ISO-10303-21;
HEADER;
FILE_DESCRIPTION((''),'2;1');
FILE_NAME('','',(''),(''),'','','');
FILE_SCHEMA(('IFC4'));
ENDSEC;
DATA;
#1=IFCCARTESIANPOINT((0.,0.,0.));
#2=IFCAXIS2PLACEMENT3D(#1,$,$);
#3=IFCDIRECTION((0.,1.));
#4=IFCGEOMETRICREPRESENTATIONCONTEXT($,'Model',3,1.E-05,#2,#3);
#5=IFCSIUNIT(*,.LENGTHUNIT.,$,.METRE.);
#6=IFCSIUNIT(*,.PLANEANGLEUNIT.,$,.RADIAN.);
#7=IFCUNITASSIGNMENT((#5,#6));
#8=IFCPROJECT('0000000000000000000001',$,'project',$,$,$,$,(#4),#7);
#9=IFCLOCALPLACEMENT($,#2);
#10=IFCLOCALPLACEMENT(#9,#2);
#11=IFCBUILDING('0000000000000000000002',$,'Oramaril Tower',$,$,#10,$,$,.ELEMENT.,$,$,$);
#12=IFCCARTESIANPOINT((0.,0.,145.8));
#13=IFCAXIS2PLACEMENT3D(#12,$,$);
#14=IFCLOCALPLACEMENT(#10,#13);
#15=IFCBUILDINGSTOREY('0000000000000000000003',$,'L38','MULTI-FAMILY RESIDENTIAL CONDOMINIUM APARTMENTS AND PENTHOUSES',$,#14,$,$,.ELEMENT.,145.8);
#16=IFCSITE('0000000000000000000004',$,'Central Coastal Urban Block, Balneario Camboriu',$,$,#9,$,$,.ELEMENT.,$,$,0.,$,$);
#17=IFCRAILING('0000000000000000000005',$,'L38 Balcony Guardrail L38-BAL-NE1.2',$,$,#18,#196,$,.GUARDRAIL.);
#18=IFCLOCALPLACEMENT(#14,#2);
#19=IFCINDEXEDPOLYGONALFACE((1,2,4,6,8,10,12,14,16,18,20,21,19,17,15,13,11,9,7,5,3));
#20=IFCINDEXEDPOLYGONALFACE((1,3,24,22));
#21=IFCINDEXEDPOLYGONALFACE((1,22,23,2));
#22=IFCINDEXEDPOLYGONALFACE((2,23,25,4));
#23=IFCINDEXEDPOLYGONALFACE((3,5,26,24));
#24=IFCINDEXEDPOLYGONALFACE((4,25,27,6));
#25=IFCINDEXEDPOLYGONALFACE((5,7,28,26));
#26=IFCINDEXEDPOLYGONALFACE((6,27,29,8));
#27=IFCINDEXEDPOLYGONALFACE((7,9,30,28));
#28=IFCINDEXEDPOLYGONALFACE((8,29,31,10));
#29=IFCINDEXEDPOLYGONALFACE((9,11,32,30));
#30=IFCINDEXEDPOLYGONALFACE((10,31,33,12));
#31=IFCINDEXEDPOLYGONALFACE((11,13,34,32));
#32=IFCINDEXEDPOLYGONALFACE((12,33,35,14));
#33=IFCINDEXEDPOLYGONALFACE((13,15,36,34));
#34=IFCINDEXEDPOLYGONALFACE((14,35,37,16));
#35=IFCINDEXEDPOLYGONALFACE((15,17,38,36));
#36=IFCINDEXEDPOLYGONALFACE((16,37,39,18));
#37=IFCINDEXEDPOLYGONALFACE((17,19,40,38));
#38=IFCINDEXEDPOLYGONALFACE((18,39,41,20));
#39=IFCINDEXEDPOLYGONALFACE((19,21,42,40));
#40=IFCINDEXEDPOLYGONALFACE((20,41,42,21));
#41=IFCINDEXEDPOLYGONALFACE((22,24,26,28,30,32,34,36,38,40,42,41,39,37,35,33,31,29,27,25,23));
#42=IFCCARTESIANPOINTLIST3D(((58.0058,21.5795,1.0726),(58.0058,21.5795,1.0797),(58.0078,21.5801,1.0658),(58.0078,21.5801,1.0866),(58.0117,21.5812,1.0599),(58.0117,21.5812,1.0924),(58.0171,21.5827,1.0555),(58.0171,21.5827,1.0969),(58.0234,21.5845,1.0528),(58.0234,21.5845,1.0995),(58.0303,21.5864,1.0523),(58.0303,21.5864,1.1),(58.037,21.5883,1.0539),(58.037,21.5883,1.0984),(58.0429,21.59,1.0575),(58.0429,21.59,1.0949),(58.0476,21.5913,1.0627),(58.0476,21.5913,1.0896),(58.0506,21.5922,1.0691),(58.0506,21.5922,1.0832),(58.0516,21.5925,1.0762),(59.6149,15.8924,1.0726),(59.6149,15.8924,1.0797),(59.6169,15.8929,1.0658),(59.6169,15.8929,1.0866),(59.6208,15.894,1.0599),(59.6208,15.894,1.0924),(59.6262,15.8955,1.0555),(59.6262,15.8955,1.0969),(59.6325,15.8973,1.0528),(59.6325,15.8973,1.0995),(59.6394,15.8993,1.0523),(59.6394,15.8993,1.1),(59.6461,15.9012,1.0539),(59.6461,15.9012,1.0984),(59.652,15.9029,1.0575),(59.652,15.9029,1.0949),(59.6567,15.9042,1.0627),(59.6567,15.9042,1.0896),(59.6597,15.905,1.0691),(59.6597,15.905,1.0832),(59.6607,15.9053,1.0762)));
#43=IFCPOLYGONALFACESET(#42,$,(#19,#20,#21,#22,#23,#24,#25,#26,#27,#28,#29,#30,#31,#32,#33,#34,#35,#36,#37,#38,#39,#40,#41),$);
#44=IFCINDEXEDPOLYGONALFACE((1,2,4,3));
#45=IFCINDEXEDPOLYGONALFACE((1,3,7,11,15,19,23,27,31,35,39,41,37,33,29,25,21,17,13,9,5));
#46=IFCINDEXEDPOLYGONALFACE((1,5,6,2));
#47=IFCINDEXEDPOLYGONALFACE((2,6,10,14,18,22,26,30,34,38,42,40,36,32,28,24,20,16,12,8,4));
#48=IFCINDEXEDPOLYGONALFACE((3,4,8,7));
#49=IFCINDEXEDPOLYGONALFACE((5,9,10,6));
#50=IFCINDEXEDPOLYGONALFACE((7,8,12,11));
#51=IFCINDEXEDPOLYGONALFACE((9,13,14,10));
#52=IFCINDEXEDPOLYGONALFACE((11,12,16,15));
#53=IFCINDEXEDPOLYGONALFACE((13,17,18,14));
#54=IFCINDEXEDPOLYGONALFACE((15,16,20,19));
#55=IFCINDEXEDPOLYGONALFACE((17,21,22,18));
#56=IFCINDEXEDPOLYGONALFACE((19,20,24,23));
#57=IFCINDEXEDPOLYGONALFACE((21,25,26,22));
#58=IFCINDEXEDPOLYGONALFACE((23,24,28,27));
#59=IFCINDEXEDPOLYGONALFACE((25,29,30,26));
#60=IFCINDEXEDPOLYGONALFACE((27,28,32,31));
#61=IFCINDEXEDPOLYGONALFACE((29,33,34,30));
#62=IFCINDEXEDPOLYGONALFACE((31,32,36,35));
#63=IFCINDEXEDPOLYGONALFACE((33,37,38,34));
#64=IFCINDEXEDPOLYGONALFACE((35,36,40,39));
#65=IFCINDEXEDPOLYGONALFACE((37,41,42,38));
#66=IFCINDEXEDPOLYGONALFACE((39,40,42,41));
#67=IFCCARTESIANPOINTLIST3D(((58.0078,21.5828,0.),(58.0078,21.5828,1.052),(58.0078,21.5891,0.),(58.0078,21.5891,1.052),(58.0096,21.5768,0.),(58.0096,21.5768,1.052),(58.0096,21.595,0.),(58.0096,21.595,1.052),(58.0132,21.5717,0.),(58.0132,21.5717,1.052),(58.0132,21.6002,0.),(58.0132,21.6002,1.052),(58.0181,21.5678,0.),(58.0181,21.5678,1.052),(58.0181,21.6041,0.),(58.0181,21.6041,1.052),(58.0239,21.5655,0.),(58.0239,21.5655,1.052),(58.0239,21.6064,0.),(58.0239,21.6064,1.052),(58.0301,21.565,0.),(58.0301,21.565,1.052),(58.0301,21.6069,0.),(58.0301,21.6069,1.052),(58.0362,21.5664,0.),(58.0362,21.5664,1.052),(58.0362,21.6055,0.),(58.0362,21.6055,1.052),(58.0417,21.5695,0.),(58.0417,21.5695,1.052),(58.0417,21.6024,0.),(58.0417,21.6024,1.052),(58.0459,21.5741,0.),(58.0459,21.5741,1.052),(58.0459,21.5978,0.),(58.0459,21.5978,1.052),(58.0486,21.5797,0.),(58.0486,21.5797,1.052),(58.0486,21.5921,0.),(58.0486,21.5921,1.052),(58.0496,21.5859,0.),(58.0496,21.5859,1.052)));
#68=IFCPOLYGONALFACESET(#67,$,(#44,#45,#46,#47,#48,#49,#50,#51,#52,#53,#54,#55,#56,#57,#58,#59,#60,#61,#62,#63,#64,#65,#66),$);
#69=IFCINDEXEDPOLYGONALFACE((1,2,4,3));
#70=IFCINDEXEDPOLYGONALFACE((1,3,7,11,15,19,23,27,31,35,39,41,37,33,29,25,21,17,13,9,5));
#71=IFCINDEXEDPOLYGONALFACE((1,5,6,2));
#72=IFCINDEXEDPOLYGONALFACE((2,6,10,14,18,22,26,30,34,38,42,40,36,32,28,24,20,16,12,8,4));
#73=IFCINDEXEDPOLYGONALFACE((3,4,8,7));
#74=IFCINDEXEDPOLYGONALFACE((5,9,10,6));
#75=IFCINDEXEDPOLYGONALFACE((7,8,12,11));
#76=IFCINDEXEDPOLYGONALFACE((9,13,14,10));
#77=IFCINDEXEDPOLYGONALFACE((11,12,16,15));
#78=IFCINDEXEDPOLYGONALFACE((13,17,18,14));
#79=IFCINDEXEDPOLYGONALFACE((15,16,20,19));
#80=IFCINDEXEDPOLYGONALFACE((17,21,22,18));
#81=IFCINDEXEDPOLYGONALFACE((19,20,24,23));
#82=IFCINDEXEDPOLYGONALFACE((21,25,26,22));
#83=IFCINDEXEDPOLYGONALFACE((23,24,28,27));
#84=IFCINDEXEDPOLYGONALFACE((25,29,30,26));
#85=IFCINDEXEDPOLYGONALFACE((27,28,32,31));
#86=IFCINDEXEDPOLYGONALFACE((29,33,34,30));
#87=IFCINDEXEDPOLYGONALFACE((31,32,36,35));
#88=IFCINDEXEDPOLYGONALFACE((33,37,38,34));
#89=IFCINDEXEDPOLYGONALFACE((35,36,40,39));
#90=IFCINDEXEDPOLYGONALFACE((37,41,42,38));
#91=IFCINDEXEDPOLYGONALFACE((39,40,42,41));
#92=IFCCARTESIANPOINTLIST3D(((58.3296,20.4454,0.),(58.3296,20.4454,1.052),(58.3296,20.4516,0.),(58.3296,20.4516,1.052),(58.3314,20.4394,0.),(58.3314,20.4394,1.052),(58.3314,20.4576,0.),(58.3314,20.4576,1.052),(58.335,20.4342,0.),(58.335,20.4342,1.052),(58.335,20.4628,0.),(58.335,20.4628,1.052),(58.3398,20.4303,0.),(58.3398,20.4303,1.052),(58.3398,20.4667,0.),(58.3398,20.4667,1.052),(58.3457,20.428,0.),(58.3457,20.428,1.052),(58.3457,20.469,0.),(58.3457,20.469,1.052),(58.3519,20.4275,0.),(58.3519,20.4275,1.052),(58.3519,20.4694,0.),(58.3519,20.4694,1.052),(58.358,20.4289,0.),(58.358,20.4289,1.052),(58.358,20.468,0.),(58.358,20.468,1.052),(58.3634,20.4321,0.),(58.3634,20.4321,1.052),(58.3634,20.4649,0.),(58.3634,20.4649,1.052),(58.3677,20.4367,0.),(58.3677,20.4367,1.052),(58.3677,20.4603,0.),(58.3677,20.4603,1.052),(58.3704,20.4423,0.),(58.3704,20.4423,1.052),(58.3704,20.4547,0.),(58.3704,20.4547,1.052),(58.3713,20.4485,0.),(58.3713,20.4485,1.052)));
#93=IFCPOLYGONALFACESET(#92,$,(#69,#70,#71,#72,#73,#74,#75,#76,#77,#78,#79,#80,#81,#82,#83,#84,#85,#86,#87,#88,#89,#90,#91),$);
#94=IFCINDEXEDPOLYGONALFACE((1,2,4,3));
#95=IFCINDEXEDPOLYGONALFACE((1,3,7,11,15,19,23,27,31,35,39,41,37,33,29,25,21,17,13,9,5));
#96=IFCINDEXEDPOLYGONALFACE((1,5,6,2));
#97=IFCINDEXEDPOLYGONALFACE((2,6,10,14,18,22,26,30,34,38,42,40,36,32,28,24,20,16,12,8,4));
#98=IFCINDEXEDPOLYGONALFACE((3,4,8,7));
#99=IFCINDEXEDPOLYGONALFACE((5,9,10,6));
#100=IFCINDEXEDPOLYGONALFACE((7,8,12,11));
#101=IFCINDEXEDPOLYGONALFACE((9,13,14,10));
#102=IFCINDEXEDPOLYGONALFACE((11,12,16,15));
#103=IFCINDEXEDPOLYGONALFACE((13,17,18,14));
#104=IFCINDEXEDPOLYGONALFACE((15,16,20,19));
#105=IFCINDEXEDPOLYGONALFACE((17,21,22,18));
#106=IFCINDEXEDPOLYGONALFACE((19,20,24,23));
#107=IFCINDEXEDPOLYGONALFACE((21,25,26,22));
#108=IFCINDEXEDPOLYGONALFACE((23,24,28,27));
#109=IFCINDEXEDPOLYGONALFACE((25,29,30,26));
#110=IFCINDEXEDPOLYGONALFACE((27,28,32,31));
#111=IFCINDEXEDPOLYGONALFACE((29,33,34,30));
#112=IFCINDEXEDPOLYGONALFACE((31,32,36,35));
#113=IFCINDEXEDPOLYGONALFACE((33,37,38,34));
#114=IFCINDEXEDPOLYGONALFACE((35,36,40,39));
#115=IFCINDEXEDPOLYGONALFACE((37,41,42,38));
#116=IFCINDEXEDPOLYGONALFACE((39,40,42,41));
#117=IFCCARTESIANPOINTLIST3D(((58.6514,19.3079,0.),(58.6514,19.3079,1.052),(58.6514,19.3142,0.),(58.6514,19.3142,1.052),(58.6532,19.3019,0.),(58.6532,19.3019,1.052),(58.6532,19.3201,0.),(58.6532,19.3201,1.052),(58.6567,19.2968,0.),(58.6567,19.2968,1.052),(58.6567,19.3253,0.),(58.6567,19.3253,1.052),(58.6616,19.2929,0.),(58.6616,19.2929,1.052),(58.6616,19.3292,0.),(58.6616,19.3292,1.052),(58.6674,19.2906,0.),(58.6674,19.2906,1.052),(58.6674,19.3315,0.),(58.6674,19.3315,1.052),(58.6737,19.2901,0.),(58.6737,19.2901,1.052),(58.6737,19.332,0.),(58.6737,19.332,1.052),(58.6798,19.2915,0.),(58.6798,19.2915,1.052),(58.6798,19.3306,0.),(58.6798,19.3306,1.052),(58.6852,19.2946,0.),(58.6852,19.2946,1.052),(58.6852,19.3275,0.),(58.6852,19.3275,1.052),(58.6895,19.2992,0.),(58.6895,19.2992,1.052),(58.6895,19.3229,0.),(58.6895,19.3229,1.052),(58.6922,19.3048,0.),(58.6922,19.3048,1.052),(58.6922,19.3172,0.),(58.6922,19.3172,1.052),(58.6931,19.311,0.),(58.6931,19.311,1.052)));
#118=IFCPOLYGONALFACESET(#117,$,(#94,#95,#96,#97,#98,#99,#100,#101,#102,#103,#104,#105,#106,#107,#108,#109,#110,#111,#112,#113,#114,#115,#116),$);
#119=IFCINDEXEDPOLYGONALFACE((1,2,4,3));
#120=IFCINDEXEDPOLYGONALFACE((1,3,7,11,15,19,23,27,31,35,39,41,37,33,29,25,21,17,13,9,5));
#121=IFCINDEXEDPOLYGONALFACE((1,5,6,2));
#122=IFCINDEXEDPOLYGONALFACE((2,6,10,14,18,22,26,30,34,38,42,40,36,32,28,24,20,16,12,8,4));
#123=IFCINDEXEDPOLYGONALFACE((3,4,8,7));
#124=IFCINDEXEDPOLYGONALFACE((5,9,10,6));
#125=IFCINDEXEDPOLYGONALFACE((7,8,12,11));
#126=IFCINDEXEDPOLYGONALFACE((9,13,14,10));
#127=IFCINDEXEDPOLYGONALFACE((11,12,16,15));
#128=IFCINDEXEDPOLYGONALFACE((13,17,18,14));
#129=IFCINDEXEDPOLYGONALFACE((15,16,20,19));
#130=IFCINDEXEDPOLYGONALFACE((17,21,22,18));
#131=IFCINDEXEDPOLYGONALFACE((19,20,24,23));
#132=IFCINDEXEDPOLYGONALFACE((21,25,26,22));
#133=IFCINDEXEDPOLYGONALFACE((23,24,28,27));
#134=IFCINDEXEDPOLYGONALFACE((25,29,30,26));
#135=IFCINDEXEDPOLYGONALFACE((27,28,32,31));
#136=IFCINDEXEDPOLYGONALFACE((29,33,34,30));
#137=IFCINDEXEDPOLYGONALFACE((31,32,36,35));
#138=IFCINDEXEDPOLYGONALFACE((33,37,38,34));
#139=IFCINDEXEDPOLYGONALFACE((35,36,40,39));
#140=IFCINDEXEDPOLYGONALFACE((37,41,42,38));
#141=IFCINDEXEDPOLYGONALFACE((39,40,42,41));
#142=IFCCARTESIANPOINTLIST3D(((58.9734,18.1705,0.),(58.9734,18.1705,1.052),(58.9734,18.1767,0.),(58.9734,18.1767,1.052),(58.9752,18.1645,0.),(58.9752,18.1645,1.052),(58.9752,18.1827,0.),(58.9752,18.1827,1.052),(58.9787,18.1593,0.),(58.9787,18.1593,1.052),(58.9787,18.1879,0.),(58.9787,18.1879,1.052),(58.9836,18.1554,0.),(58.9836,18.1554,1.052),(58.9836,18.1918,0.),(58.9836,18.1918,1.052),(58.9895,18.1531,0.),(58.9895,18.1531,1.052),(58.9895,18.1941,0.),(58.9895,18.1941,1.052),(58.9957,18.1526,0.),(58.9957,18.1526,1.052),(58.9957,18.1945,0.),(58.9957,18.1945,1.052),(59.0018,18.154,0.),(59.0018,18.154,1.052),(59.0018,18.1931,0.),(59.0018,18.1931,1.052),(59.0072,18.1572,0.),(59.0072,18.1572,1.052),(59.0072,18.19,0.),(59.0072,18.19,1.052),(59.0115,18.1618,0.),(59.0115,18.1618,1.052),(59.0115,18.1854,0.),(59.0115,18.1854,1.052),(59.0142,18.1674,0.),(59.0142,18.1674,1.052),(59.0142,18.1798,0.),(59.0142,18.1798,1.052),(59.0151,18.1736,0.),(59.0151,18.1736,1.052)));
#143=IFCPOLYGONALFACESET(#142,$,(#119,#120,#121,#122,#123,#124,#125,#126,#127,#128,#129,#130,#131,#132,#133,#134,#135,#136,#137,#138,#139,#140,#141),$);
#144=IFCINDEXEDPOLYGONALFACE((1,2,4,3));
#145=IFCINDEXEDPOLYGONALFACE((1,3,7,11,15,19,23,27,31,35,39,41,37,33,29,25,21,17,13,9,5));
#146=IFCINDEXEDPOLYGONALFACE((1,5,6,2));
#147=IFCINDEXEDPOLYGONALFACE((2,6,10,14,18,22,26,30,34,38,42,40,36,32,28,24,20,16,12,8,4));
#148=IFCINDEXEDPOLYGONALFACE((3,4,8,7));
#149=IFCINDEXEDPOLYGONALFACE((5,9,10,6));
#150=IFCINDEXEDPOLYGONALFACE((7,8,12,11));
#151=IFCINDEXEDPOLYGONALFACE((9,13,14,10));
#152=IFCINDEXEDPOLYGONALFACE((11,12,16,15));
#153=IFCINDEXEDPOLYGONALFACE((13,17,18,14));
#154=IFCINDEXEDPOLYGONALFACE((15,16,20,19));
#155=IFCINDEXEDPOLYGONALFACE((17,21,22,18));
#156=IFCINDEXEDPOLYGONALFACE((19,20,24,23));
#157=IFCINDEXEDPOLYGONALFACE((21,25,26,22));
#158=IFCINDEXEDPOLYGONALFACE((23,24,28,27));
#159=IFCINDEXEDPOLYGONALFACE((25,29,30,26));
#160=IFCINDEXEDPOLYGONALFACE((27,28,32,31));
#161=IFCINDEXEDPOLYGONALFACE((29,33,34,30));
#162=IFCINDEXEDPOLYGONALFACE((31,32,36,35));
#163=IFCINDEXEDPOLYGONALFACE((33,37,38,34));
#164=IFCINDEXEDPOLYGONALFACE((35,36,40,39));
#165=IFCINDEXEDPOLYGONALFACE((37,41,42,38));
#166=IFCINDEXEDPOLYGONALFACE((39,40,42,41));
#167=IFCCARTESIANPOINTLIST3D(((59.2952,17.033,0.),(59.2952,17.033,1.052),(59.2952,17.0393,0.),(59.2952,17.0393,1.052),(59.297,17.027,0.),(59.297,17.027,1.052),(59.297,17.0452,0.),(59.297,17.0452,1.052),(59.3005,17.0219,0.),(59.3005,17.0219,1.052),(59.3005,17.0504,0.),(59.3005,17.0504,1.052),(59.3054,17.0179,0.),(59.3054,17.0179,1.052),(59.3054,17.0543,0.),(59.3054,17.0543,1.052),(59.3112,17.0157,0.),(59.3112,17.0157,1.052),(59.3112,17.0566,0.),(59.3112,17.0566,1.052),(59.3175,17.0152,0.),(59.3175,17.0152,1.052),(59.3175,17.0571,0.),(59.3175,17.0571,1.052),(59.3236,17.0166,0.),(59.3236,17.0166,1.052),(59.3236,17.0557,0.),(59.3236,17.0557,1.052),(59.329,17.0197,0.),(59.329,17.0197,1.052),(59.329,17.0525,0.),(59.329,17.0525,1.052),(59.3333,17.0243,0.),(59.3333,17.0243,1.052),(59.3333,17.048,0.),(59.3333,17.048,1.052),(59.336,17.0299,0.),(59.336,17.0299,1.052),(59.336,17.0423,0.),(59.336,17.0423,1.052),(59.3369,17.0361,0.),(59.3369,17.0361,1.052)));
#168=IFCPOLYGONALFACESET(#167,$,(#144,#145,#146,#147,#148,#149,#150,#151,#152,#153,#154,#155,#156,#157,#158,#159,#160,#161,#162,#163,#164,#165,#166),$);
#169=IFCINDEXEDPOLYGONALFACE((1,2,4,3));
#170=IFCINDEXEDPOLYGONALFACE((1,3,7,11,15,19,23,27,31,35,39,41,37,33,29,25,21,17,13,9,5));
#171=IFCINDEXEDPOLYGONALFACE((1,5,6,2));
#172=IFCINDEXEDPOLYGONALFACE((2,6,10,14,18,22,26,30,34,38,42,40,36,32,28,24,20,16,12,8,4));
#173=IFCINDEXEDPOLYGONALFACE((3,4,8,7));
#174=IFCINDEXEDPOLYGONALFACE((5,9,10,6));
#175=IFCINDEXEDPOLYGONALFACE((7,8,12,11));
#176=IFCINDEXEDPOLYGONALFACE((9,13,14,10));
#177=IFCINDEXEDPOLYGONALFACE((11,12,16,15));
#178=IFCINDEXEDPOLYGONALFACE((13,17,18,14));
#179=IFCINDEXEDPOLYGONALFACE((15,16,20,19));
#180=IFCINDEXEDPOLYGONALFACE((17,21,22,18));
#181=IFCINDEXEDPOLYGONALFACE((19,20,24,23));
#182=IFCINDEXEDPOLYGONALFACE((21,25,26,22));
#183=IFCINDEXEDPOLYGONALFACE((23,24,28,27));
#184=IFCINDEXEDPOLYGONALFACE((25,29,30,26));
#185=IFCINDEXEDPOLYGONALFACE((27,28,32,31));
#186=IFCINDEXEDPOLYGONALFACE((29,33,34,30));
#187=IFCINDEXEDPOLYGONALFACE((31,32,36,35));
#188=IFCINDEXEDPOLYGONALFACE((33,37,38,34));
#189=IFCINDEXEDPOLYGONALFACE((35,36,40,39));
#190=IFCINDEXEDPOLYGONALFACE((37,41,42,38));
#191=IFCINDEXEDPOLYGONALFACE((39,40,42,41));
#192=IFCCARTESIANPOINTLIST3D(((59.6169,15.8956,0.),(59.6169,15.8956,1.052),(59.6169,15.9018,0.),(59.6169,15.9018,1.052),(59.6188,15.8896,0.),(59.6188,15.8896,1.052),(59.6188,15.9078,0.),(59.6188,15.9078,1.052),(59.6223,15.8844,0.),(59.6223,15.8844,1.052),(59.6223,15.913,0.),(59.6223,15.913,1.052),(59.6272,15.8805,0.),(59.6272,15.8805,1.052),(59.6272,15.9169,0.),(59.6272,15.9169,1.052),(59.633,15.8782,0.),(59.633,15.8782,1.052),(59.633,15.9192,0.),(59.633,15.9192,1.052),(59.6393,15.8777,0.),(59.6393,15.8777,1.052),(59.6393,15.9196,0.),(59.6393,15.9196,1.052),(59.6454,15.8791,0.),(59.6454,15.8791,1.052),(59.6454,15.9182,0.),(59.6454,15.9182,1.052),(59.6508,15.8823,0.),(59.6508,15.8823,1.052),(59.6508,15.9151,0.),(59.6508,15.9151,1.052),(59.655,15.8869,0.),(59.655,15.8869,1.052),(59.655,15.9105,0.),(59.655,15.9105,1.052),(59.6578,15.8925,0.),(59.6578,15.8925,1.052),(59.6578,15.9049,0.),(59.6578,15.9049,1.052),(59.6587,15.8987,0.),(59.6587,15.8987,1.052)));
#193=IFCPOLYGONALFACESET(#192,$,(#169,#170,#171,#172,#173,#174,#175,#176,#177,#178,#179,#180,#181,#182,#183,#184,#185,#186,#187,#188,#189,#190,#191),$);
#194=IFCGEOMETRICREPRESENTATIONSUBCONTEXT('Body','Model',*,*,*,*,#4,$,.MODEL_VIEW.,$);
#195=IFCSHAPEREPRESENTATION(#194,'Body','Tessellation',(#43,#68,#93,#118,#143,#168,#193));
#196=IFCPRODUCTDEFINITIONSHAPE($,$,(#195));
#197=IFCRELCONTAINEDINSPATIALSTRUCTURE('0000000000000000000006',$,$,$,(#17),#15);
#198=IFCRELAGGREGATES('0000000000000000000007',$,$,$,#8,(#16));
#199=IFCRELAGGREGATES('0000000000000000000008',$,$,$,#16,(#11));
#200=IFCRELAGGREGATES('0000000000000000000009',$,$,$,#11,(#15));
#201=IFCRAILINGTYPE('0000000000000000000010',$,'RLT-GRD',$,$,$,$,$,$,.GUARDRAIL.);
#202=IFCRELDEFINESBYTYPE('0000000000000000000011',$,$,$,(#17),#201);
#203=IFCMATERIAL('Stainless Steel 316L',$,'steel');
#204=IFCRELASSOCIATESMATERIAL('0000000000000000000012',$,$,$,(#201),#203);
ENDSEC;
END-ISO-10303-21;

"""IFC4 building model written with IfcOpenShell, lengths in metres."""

from ifc_helpers import new_model, si_unit, direction, frame, origin, origin_2d, place, context, subcontext, project, spatial, circle, extrude, material, type_object, element, save


model = new_model("IFC4")

# Units and contexts
model_context = context("Model", 3, precision=1e-05, world=origin(), true_north=direction((0.0, 1.0)))
body_context = subcontext(model_context, "Body", "Model", "MODEL_VIEW")
ifc_project = project(units=[si_unit("LENGTHUNIT", "METRE"), si_unit("PLANEANGLEUNIT", "RADIAN")], contexts=[model_context])

# Site, building, storey
site_placement = place(None, origin())
site = spatial("IfcSite", under=ifc_project, at=site_placement, Name="Central Coastal Urban Block, Balneario Camboriu", CompositionType="ELEMENT", RefElevation=0.0)
building_placement = place(site_placement, origin())
building = spatial("IfcBuilding", under=site, at=building_placement, Name="Oramaril Tower", CompositionType="ELEMENT")
storey_placement = place(building_placement, frame((0.0, 0.0, 145.8)))
storey = spatial("IfcBuildingStorey", under=building, at=storey_placement, Name="L38", Description="MULTI-FAMILY RESIDENTIAL CONDOMINIUM APARTMENTS AND PENTHOUSES", CompositionType="ELEMENT", Elevation=145.8)

# Railing
ifc_material_1 = material(Name="Stainless Steel 316L", Category="steel")
railing_type = type_object("IfcRailingType", Name="RLT-GRD", PredefinedType="GUARDRAIL", material=ifc_material_1)
railing_1_placement = place(storey_placement, frame((58.0286, 21.5859, 0.0)))
element("IfcRailing", 1, at=railing_1_placement, inside=storey, type_object=railing_type, Name="L38 Balcony Guardrail L38-BAL-NE1.2", PredefinedType="GUARDRAIL", context=body_context, shape_type="SweptSolid", body=[
    extrude(circle(Radius=0.0239, at=origin_2d()), frame((0.0, 0.0, 1.0762), z_axis=(0.272249, -0.962227, 0.0), x_axis=(0.962227, 0.272249, 0.0)), (0.0, 0.0, 1.0), 5.9104),
    extrude(circle(Radius=0.021, at=origin_2d()), origin(), (0.0, 0.0, 1.0), 1.052),
    extrude(circle(Radius=0.021, at=origin_2d()), frame((0.3218, -1.1375, 0.0)), (0.0, 0.0, 1.0), 1.052),
    extrude(circle(Radius=0.021, at=origin_2d()), frame((0.6436, -2.2749, 0.0)), (0.0, 0.0, 1.0), 1.052),
    extrude(circle(Radius=0.021, at=origin_2d()), frame((0.9656, -3.4124, 0.0)), (0.0, 0.0, 1.0), 1.052),
    extrude(circle(Radius=0.021, at=origin_2d()), frame((1.2874, -4.5498, 0.0)), (0.0, 0.0, 1.0), 1.052),
    extrude(circle(Radius=0.021, at=origin_2d()), frame((1.6091, -5.6873, 0.0)), (0.0, 0.0, 1.0), 1.052),
])

save(model, "model.ifc")
